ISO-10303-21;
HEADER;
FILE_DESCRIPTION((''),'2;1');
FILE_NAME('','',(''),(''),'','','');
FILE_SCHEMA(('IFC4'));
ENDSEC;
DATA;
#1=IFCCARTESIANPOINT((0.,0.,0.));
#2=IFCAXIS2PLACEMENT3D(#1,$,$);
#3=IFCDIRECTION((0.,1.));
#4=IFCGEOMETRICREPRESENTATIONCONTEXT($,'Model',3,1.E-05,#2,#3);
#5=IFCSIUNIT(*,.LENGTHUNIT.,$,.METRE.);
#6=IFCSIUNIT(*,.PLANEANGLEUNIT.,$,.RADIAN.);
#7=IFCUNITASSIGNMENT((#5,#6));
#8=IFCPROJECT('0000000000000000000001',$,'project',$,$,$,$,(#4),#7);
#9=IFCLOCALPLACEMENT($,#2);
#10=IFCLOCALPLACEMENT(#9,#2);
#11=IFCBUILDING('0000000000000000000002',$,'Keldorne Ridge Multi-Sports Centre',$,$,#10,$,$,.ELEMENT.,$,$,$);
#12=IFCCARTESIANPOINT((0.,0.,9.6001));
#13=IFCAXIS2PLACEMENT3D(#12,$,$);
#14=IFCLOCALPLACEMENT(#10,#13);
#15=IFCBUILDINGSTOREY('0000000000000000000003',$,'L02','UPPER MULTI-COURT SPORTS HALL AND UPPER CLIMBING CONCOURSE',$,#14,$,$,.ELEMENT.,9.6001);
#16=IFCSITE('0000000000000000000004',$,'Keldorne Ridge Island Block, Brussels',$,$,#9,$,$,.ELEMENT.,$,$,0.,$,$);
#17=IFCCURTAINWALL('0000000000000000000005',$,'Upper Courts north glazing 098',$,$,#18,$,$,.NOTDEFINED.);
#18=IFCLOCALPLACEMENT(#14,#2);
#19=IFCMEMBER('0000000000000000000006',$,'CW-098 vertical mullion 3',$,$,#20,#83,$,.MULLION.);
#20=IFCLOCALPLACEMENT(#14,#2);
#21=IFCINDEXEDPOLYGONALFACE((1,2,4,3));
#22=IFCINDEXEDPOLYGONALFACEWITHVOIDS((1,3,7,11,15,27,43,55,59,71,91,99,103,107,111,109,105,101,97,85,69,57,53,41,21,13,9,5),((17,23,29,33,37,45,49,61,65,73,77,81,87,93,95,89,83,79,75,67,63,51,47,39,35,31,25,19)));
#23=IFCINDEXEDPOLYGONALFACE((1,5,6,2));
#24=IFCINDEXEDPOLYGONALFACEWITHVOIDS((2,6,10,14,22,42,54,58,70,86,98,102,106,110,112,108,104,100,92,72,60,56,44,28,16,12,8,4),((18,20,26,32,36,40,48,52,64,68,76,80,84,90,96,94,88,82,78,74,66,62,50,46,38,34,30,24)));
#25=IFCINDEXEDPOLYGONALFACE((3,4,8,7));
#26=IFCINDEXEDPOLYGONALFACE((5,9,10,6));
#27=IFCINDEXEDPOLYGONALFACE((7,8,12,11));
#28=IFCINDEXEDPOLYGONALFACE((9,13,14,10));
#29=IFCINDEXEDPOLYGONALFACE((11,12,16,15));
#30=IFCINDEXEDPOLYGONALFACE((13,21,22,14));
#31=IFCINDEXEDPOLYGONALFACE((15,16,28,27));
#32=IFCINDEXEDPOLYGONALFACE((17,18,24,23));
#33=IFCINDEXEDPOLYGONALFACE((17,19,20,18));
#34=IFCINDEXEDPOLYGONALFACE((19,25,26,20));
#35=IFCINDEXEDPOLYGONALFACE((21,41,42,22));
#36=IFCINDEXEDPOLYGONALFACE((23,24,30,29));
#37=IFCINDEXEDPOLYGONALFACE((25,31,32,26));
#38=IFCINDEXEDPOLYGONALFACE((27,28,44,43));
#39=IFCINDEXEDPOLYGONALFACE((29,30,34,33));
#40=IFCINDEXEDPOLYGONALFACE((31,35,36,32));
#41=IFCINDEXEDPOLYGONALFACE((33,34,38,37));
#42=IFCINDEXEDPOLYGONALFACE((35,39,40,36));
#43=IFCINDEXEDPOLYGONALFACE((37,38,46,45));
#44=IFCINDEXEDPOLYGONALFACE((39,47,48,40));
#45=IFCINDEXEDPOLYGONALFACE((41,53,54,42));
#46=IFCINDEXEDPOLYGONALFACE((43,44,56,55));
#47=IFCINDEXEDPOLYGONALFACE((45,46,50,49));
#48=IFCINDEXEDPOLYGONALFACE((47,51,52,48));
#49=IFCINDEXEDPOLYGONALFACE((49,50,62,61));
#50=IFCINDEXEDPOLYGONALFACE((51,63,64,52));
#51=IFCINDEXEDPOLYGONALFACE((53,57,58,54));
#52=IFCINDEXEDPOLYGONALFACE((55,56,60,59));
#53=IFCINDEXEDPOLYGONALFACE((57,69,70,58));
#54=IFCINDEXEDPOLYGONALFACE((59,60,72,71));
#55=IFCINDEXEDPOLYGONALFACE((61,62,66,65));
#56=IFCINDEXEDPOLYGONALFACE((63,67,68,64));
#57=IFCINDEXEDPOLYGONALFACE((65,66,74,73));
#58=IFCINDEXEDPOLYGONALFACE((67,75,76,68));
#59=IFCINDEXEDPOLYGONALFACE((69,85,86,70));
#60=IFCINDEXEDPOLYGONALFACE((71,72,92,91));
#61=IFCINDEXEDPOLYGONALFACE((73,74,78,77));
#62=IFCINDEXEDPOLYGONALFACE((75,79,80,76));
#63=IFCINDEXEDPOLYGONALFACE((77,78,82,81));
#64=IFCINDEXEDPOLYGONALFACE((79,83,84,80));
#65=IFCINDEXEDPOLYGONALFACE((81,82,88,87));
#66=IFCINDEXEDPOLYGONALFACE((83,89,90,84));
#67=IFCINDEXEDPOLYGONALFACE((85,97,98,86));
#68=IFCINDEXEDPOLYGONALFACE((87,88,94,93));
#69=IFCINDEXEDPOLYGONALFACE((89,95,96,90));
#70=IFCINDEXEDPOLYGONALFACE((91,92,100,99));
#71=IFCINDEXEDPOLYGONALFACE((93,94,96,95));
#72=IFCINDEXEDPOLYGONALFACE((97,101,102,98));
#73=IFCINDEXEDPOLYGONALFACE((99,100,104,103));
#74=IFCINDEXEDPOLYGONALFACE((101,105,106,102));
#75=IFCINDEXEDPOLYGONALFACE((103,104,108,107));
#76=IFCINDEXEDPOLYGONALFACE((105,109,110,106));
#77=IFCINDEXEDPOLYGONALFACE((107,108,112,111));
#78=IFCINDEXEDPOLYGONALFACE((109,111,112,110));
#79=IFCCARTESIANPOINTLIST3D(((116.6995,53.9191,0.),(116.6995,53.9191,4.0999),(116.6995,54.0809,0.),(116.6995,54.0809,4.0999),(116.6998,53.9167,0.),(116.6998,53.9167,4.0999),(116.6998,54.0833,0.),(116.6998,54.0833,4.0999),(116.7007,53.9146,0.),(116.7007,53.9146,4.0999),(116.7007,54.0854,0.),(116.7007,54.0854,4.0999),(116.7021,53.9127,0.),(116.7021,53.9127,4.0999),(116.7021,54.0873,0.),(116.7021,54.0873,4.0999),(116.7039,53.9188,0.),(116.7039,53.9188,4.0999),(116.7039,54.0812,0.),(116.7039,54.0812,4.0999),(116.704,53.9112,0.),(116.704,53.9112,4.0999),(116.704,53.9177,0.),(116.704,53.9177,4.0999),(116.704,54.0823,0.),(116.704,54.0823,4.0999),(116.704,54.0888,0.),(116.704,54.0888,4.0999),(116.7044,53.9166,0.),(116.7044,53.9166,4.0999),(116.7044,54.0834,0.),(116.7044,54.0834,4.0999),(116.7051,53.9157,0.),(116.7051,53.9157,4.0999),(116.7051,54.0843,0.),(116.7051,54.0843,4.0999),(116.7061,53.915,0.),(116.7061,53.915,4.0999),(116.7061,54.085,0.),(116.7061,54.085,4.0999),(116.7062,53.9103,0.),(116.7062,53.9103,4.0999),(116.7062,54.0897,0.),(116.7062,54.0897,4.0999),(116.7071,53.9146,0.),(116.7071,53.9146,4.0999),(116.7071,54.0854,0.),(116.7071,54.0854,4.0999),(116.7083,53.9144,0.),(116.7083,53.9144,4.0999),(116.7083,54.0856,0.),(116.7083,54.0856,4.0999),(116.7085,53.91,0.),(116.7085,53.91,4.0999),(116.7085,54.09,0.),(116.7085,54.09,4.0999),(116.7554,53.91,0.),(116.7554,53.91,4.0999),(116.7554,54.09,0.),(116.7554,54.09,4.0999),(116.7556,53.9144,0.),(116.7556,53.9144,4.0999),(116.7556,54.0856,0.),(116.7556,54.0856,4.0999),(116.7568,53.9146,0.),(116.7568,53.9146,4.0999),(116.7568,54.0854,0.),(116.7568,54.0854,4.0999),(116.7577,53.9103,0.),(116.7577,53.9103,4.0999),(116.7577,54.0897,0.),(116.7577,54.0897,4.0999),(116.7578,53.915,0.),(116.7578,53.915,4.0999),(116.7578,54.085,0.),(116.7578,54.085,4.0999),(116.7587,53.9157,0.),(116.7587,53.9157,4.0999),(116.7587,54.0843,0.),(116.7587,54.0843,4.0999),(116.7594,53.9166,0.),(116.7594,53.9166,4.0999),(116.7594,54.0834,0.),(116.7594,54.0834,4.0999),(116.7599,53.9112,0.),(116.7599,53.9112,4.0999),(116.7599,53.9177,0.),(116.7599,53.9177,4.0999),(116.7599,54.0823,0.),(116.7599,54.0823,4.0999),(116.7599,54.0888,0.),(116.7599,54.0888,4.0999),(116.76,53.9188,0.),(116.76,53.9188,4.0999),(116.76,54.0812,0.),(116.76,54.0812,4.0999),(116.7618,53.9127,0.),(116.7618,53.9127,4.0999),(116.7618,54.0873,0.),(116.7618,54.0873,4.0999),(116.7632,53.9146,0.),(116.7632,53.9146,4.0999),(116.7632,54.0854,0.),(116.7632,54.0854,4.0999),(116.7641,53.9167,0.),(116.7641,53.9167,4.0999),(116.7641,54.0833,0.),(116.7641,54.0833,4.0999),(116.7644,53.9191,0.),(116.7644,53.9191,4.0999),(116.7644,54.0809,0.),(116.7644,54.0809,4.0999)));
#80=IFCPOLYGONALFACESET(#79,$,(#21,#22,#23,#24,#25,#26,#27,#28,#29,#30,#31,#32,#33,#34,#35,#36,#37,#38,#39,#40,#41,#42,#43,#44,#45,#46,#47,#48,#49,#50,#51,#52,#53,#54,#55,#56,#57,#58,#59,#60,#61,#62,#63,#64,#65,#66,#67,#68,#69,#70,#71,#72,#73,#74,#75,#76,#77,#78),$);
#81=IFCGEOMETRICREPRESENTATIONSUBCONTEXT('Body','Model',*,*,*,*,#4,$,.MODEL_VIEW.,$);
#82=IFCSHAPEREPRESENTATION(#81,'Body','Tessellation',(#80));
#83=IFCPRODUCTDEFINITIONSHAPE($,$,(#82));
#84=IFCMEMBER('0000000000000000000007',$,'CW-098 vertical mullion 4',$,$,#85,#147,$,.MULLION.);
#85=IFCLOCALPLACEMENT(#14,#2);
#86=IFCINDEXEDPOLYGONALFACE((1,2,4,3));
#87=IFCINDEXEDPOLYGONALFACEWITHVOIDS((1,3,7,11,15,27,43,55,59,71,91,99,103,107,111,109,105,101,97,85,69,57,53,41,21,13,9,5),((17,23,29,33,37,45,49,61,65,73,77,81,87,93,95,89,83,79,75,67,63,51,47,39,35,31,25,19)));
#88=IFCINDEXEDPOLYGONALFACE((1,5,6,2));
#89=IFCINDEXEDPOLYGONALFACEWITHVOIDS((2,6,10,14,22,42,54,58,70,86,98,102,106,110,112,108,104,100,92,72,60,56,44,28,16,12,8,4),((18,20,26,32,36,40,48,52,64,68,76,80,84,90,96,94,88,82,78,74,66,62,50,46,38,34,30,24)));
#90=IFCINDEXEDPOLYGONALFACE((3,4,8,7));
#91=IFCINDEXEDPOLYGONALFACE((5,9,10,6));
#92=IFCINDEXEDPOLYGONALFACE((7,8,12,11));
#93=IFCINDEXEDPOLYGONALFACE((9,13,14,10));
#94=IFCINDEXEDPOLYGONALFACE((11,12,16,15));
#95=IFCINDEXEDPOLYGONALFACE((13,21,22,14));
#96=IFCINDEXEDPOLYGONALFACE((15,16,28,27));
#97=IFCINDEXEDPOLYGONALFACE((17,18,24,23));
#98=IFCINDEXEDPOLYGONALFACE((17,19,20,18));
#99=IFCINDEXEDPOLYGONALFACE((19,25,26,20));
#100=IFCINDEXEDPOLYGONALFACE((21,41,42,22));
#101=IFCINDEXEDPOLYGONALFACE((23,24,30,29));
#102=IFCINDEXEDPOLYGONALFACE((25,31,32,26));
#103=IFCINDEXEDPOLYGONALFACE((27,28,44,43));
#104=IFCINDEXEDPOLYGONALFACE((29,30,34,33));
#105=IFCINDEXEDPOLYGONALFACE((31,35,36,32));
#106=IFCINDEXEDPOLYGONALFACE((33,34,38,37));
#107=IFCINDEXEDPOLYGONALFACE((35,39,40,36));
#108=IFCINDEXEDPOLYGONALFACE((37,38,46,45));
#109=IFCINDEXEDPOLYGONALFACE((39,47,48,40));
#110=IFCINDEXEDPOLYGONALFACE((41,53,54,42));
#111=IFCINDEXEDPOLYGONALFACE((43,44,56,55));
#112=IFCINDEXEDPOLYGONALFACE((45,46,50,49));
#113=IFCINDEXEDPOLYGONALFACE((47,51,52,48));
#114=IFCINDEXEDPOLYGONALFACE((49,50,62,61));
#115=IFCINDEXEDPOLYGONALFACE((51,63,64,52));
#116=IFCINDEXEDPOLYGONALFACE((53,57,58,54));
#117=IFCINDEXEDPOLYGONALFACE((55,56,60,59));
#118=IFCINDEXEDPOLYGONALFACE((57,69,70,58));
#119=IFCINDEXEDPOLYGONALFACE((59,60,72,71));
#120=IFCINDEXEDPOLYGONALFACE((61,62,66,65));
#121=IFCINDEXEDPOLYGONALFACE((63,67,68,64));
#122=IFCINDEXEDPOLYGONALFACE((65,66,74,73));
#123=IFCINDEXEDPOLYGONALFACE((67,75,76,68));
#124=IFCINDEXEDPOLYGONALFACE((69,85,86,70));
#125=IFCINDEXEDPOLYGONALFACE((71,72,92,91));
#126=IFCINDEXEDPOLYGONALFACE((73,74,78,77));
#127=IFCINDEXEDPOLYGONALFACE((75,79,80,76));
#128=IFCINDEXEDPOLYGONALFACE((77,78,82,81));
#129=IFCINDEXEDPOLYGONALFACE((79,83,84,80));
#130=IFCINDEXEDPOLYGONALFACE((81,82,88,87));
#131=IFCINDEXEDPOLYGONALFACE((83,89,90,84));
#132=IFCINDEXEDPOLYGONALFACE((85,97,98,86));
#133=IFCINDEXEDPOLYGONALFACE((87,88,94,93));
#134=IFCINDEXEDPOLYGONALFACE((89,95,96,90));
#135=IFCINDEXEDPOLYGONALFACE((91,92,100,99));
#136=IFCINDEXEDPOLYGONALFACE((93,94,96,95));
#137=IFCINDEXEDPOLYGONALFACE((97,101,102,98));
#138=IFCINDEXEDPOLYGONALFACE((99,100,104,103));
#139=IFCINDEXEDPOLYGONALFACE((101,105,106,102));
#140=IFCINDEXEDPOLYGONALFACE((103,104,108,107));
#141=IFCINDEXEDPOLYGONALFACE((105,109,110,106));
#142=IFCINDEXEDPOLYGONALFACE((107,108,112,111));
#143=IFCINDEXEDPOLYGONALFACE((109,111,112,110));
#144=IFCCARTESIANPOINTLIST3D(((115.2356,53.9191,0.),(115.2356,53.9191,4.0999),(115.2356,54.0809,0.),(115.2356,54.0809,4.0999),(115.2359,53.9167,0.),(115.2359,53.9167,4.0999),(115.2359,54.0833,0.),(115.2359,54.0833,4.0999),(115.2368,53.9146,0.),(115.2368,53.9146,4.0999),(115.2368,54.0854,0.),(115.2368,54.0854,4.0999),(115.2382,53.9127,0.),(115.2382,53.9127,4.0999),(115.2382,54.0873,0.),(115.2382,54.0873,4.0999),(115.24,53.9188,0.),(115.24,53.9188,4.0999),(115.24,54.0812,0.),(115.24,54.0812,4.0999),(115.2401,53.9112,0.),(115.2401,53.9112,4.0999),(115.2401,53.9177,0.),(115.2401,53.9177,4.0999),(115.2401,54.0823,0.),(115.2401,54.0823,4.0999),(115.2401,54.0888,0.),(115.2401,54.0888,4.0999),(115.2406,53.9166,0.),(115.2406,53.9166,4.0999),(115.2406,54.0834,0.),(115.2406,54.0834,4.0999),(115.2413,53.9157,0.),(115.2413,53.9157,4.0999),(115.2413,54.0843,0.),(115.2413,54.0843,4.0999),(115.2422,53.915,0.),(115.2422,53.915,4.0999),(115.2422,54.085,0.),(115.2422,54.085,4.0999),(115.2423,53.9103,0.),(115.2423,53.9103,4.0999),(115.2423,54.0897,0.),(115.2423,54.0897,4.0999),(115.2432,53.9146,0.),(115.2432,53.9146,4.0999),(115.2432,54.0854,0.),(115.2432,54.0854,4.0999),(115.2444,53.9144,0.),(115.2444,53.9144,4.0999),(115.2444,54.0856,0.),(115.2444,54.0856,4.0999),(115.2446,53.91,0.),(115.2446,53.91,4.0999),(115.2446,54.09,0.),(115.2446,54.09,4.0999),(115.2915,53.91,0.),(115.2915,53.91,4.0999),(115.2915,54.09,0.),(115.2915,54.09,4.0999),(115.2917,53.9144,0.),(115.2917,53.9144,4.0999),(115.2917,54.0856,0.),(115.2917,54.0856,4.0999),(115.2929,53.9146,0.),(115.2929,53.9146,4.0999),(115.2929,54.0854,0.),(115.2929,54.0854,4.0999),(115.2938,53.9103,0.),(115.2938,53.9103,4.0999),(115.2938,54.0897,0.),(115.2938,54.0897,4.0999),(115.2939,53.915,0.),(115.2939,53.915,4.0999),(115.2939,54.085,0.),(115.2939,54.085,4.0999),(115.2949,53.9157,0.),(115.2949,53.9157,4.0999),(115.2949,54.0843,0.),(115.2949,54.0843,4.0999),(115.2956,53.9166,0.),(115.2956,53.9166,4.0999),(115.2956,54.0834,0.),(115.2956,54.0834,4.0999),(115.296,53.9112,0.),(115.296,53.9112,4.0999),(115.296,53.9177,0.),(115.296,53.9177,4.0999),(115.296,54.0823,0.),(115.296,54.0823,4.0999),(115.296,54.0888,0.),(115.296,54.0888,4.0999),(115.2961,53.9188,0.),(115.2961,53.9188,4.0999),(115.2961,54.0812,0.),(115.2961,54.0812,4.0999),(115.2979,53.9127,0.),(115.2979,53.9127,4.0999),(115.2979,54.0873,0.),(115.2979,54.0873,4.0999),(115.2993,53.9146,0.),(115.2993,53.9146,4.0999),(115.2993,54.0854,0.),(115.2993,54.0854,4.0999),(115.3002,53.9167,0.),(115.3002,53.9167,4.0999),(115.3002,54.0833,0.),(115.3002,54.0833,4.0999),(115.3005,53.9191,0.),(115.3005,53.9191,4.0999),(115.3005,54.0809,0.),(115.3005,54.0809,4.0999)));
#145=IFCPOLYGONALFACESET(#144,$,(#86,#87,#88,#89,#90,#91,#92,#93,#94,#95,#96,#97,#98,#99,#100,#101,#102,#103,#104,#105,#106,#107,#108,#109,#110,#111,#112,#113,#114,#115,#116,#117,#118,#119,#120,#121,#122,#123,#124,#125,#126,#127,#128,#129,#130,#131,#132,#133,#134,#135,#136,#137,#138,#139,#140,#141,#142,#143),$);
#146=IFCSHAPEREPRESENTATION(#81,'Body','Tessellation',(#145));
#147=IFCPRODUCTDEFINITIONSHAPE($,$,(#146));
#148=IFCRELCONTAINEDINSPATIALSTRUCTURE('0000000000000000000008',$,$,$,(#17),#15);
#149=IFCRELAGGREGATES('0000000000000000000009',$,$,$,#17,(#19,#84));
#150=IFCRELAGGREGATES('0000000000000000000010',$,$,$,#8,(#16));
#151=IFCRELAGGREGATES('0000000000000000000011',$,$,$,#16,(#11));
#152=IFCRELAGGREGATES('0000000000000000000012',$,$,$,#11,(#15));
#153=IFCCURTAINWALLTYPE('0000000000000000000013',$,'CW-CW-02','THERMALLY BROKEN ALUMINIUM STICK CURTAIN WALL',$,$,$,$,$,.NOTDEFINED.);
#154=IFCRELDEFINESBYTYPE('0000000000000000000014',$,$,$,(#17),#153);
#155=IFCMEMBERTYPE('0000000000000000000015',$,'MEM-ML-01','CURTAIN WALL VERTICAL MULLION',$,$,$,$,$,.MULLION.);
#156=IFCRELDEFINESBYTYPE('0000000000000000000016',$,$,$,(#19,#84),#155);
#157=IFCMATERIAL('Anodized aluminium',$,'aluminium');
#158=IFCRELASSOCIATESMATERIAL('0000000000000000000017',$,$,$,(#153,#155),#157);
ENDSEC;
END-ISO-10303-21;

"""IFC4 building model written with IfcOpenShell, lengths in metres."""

from ifc_helpers import new_model, si_unit, direction, frame, origin, origin_2d, place, context, subcontext, project, spatial, hollow_rectangle, extrude, material, material_profile, profile_set, type_object, element, aggregate, save


model = new_model("IFC4")

# Units and contexts
model_context = context("Model", 3, precision=1e-05, world=origin(), true_north=direction((0.0, 1.0)))
body_context = subcontext(model_context, "Body", "Model", "MODEL_VIEW")
ifc_project = project(units=[si_unit("LENGTHUNIT", "METRE"), si_unit("PLANEANGLEUNIT", "RADIAN")], contexts=[model_context])

# Site, building, storey
site_placement = place(None, origin())
site = spatial("IfcSite", under=ifc_project, at=site_placement, Name="Keldorne Ridge Island Block, Brussels", CompositionType="ELEMENT", RefElevation=0.0)
building_placement = place(site_placement, origin())
building = spatial("IfcBuilding", under=site, at=building_placement, Name="Keldorne Ridge Multi-Sports Centre", CompositionType="ELEMENT")
storey_placement = place(building_placement, frame((0.0, 0.0, 9.6001)))
storey = spatial("IfcBuildingStorey", under=building, at=storey_placement, Name="L02", Description="UPPER MULTI-COURT SPORTS HALL AND UPPER CLIMBING CONCOURSE", CompositionType="ELEMENT", Elevation=9.6001)

# Curtain wall, members
ifc_material_1 = material(Name="Anodized aluminium", Category="aluminium")
curtain_wall_type = type_object("IfcCurtainWallType", Name="CW-CW-02", Description="THERMALLY BROKEN ALUMINIUM STICK CURTAIN WALL", PredefinedType="NOTDEFINED", material=ifc_material_1)
curtain_wall_placement = place(storey_placement, origin())
curtain_wall = element("IfcCurtainWall", 1, at=curtain_wall_placement, inside=storey, type_object=curtain_wall_type, Name="Upper Courts north glazing 098", PredefinedType="NOTDEFINED")
ifc_material_profile_1 = material_profile(ifc_material_1, hollow_rectangle(XDim=0.0649, YDim=0.1799, WallThickness=0.0044, InnerFilletRadius=0.0044, OuterFilletRadius=0.009, at=origin_2d()), Name="ALU MULLION 180x65x4.5")
ifc_profile_set_1 = profile_set([ifc_material_profile_1], Name="Anodized aluminium")
member_type_1 = type_object("IfcMemberType", Name="MEM-ML-01", Description="CURTAIN WALL VERTICAL MULLION", PredefinedType="MULLION", material=ifc_profile_set_1)
member_1_placement = place(storey_placement, frame((116.7319, 54.0, 0.0), z_axis=(0.0, 0.0, 1.0), x_axis=(1.0, 0.0, 0.0)))
member_1 = element("IfcMember", 2, at=member_1_placement, type_object=member_type_1, Name="CW-098 vertical mullion 3", PredefinedType="MULLION", context=body_context, shape_type="SweptSolid", body=[
    extrude(hollow_rectangle(XDim=0.0649, YDim=0.1799, WallThickness=0.0044, InnerFilletRadius=0.0044, OuterFilletRadius=0.009, at=origin_2d()), origin(), (0.0, 0.0, 1.0), 4.0999),
])
member_2_placement = place(storey_placement, frame((115.2681, 54.0, 0.0), z_axis=(0.0, 0.0, 1.0), x_axis=(1.0, 0.0, 0.0)))
member_2 = element("IfcMember", 3, at=member_2_placement, type_object=member_type_1, Name="CW-098 vertical mullion 4", PredefinedType="MULLION", context=body_context, shape_type="SweptSolid", body=[
    extrude(hollow_rectangle(XDim=0.0649, YDim=0.1799, WallThickness=0.0044, InnerFilletRadius=0.0044, OuterFilletRadius=0.009, at=origin_2d()), origin(), (0.0, 0.0, 1.0), 4.0999),
])
aggregate(curtain_wall, [member_1, member_2])

save(model, "model.ifc")
